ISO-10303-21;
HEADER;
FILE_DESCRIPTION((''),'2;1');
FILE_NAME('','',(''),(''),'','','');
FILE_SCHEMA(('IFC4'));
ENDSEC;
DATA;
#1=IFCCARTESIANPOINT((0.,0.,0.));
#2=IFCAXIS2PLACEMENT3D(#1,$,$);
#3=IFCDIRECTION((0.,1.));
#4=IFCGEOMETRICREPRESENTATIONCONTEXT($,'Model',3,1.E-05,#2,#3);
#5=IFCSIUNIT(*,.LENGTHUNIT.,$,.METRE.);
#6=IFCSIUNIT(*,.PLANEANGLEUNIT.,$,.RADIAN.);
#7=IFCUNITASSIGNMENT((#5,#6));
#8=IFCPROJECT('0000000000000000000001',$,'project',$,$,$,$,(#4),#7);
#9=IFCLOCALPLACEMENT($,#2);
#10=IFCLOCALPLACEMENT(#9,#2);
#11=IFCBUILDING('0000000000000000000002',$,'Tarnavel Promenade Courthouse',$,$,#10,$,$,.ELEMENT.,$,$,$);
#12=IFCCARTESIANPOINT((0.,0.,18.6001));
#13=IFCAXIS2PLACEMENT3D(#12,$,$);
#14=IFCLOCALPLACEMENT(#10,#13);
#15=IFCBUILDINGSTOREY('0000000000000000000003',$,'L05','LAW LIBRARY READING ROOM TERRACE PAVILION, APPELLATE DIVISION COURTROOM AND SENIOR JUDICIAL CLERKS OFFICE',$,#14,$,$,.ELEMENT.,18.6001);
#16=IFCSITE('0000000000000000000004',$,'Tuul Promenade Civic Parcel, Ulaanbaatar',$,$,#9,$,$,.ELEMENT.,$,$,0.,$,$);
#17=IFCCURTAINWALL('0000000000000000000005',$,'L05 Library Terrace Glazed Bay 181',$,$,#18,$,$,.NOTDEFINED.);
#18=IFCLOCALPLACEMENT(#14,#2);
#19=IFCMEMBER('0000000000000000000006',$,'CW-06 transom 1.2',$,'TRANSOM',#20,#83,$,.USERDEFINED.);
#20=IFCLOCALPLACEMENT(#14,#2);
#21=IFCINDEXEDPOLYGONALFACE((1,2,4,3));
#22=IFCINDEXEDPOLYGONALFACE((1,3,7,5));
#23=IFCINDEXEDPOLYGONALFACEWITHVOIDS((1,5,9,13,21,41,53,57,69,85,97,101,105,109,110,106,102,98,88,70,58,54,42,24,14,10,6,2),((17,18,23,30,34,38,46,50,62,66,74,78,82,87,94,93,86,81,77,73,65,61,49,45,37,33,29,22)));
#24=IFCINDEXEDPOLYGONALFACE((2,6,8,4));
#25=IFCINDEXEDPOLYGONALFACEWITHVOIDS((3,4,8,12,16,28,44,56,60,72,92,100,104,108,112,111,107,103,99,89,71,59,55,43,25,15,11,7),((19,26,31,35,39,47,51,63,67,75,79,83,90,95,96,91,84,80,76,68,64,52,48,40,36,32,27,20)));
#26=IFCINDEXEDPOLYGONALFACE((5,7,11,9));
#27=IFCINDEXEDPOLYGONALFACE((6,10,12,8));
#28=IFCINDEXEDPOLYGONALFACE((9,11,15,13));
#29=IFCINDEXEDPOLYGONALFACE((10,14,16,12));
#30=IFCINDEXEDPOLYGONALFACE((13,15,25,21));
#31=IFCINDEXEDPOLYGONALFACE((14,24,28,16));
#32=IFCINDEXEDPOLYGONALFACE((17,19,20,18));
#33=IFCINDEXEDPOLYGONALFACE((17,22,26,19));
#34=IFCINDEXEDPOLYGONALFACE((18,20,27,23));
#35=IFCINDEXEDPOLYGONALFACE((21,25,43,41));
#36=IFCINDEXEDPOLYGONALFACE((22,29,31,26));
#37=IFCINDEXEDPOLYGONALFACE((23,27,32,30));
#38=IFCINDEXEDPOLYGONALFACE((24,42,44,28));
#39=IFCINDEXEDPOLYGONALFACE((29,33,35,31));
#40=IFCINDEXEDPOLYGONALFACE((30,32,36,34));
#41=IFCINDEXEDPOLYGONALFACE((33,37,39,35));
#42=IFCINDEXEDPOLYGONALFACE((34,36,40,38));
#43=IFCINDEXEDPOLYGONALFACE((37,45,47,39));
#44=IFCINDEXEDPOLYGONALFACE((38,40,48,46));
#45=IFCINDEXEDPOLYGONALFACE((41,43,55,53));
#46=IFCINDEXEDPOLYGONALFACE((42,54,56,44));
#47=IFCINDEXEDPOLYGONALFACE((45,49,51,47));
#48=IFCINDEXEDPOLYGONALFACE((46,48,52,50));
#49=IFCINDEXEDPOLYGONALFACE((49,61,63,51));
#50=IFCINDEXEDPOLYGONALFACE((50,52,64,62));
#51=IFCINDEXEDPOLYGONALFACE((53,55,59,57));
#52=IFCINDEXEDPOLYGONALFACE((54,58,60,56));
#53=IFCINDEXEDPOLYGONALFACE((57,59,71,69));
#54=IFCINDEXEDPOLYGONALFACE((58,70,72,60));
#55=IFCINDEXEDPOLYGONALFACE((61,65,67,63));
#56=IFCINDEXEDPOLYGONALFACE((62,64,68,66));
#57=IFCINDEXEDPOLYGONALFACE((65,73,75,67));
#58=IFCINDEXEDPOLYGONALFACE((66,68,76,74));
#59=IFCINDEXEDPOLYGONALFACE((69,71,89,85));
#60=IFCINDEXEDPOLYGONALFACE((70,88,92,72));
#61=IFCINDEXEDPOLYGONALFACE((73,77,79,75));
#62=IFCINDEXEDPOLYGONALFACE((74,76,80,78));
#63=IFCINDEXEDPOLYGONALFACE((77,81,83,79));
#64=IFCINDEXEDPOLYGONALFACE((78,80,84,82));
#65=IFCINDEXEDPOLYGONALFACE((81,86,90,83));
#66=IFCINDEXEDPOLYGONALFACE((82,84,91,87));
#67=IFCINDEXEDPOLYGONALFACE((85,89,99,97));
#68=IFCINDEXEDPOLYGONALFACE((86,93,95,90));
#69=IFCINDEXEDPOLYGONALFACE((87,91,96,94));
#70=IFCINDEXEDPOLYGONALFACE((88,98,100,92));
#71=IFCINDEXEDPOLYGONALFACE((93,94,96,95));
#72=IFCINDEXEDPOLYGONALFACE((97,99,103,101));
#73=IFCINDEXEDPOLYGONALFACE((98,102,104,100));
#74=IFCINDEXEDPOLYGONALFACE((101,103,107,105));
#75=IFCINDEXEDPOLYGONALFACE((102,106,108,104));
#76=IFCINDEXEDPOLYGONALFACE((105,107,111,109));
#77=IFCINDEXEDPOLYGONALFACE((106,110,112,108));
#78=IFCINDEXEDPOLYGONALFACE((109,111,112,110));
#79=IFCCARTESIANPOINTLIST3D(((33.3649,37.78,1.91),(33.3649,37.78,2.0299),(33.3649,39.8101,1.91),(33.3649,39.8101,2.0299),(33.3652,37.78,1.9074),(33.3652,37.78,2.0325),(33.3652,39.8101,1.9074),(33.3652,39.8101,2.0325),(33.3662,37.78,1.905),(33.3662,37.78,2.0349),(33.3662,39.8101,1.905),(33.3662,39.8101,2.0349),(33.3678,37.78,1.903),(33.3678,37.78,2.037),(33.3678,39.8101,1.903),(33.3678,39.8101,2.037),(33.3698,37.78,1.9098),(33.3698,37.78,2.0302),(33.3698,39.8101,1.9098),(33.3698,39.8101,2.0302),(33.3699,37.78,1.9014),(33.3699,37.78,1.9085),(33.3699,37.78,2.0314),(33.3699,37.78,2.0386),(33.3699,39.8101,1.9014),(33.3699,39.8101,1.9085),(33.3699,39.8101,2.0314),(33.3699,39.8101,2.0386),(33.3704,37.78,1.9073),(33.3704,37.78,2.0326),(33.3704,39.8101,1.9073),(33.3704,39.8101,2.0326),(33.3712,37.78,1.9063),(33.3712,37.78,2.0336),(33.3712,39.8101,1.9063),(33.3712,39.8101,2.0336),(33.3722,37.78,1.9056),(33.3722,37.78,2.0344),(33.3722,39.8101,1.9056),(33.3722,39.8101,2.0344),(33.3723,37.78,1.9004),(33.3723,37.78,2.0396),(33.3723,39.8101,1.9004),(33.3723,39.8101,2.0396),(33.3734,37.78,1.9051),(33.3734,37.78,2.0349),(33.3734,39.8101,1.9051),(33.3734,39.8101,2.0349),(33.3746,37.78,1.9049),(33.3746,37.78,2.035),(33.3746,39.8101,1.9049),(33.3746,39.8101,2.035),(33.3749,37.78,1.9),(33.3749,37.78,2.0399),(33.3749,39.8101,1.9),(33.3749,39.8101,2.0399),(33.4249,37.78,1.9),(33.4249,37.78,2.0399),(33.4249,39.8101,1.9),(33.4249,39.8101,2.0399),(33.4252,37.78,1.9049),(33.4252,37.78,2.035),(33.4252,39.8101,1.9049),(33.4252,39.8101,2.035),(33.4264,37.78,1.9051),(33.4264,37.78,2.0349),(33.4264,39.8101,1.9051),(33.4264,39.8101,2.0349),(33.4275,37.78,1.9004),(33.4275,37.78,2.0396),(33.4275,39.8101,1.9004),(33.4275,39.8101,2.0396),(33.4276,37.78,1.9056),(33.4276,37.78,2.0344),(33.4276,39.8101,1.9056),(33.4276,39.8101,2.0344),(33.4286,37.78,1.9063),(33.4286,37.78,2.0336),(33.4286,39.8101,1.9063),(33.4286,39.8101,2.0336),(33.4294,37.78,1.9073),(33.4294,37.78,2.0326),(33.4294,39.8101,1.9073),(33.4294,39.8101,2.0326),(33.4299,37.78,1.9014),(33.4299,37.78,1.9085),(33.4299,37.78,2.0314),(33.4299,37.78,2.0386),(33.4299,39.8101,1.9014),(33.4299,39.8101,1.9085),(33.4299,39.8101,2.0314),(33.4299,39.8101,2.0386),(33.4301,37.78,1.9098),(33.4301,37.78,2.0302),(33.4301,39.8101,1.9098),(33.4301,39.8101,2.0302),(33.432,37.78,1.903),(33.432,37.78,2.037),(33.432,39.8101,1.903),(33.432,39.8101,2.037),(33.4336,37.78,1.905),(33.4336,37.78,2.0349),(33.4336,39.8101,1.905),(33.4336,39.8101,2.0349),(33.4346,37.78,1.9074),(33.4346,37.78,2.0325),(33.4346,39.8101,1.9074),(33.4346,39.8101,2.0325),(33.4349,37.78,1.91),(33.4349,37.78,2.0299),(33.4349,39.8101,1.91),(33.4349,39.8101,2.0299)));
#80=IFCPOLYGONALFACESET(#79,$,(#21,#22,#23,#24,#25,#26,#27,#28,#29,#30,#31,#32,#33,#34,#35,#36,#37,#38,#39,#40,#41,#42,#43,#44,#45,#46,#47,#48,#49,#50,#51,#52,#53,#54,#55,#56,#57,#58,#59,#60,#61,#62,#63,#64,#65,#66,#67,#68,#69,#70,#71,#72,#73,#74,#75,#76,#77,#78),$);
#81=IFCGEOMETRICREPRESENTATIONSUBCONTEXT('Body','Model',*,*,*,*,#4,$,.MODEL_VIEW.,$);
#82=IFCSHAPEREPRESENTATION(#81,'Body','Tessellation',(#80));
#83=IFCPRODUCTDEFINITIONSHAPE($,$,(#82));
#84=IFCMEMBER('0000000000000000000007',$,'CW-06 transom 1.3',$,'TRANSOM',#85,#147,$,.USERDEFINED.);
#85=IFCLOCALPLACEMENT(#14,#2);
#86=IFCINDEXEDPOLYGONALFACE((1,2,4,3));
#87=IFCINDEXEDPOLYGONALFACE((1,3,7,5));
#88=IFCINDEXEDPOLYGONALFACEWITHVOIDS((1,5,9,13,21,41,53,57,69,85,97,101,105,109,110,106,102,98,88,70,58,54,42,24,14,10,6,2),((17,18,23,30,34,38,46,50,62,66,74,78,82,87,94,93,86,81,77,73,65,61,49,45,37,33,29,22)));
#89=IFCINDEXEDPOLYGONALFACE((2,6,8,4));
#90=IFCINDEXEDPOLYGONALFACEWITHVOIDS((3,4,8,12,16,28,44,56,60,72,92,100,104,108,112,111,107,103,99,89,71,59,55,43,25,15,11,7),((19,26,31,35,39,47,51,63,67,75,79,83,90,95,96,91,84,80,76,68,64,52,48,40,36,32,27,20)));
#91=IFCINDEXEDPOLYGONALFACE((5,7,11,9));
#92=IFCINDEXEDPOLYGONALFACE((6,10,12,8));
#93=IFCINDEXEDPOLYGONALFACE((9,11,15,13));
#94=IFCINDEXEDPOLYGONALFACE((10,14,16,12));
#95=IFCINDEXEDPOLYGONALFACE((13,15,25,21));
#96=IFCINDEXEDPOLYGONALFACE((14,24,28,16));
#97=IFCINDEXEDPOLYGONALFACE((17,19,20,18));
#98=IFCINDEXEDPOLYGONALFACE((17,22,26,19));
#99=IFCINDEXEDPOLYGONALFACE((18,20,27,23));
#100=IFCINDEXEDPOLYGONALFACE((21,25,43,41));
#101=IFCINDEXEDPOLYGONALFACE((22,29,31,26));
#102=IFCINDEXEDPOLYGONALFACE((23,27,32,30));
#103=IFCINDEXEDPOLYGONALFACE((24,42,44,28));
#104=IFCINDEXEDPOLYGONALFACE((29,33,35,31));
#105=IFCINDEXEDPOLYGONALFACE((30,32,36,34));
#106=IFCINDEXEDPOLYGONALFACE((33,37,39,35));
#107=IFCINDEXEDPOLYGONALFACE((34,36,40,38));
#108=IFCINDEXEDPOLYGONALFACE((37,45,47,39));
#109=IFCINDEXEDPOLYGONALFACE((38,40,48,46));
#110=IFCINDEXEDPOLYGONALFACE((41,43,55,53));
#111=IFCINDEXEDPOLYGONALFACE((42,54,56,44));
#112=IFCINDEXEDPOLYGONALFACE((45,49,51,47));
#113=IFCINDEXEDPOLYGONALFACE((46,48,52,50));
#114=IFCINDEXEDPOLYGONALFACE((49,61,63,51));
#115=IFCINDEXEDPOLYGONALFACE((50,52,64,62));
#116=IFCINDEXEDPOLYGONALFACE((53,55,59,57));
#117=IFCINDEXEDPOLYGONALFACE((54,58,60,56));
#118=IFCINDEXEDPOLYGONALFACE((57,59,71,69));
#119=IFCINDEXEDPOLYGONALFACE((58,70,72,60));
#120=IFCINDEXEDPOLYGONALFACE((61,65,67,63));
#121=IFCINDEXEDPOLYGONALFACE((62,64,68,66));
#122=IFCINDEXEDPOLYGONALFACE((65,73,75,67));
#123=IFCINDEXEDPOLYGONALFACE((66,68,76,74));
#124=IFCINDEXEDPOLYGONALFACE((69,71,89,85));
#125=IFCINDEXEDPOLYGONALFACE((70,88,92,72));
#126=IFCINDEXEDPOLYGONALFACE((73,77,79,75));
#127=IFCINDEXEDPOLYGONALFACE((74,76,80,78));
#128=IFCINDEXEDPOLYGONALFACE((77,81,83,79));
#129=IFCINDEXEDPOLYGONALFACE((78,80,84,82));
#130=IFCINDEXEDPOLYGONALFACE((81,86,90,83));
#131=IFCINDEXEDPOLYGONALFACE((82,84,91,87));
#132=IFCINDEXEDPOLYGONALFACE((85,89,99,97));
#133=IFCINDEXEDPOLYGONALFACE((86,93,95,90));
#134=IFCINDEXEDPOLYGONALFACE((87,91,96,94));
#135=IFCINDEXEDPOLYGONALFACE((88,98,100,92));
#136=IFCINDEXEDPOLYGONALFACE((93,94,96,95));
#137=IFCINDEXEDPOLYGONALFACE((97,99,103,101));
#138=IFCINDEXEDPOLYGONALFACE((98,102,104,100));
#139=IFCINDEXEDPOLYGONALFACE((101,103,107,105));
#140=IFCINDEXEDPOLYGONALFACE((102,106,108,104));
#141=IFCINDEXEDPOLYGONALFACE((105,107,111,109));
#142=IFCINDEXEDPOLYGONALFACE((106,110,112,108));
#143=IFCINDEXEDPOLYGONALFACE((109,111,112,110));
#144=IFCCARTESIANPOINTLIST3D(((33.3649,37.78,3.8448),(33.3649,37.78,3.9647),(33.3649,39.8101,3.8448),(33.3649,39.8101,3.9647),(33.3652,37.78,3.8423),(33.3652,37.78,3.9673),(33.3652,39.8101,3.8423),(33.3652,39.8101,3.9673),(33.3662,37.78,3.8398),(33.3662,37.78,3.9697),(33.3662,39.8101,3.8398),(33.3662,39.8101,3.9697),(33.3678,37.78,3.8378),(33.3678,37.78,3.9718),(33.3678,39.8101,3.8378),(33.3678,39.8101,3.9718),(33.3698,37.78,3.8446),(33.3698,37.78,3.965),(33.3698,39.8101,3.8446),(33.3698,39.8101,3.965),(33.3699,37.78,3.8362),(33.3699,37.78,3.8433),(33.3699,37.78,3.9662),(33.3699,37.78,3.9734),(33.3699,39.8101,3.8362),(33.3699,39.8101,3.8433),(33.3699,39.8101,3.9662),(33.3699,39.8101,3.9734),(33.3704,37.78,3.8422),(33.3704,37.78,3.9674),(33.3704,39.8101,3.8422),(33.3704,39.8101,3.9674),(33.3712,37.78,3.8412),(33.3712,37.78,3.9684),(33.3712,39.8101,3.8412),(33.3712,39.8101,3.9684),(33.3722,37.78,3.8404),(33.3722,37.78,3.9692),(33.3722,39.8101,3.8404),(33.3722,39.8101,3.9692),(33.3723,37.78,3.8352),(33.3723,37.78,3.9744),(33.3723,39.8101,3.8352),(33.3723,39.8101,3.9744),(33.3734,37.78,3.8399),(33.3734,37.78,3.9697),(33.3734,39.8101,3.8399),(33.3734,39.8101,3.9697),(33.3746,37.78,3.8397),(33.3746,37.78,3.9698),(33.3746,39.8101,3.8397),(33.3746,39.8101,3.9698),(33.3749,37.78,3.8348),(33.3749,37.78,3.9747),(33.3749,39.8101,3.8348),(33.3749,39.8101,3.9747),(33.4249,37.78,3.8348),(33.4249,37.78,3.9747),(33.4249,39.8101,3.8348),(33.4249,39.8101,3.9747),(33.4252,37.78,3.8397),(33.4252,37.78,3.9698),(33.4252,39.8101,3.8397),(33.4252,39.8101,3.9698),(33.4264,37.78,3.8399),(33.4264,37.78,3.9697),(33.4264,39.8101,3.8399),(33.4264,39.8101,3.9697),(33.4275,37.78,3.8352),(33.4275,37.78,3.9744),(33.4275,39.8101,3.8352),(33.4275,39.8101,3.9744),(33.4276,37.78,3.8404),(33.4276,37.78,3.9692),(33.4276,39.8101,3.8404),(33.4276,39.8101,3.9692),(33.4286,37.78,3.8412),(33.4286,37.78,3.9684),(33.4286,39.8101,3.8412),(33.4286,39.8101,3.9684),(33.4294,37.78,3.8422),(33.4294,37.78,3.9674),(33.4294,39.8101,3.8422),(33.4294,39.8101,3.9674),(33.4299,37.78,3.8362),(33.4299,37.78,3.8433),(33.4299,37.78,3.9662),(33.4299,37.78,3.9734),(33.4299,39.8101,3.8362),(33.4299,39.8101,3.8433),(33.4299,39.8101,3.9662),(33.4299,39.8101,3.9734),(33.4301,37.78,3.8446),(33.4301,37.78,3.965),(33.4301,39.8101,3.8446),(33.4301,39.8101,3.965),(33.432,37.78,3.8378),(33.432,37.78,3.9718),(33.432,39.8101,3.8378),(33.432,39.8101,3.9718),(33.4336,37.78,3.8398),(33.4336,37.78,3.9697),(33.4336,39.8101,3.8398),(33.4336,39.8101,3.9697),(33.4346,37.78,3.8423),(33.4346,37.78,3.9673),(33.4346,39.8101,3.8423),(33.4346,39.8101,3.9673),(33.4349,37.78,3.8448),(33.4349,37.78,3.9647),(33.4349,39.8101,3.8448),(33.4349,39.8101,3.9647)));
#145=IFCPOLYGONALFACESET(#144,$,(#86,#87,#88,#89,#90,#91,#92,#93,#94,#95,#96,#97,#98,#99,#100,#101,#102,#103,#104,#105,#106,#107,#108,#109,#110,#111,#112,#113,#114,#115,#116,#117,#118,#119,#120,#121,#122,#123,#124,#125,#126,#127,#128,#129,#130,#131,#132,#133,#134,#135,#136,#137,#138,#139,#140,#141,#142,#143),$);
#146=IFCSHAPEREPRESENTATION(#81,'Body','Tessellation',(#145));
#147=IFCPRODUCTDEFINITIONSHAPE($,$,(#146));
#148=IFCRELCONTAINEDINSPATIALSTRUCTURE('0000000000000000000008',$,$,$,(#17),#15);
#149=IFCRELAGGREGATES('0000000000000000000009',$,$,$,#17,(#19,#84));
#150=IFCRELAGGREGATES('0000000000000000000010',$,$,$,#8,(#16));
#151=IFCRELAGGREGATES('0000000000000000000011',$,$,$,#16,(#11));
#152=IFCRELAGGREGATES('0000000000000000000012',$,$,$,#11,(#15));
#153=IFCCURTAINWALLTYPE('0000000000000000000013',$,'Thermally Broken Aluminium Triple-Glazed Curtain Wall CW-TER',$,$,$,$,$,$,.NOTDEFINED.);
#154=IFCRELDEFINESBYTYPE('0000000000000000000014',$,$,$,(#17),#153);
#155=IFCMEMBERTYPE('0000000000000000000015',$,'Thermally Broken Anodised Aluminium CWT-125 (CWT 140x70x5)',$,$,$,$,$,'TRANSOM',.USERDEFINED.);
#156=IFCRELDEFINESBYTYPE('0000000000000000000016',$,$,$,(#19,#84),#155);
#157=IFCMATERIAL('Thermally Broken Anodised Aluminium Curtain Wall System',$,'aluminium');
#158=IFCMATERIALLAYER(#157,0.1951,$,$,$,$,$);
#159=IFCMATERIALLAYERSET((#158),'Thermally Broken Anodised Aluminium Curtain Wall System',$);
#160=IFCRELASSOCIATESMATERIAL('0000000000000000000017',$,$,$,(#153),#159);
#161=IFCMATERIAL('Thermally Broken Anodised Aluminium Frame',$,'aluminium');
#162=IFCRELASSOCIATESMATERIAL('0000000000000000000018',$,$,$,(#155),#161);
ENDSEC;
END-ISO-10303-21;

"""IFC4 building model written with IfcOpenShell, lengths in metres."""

from ifc_helpers import new_model, si_unit, direction, frame, origin, origin_2d, place, context, subcontext, project, spatial, hollow_rectangle, extrude, material, layer, layer_set, material_profile, profile_set, type_object, element, aggregate, save


model = new_model("IFC4")

# Units and contexts
model_context = context("Model", 3, precision=1e-05, world=origin(), true_north=direction((0.0, 1.0)))
body_context = subcontext(model_context, "Body", "Model", "MODEL_VIEW")
ifc_project = project(units=[si_unit("LENGTHUNIT", "METRE"), si_unit("PLANEANGLEUNIT", "RADIAN")], contexts=[model_context])

# Site, building, storey
site_placement = place(None, origin())
site = spatial("IfcSite", under=ifc_project, at=site_placement, Name="Tuul Promenade Civic Parcel, Ulaanbaatar", CompositionType="ELEMENT", RefElevation=0.0)
building_placement = place(site_placement, origin())
building = spatial("IfcBuilding", under=site, at=building_placement, Name="Tarnavel Promenade Courthouse", CompositionType="ELEMENT")
storey_placement = place(building_placement, frame((0.0, 0.0, 18.6001)))
storey = spatial("IfcBuildingStorey", under=building, at=storey_placement, Name="L05", Description="LAW LIBRARY READING ROOM TERRACE PAVILION, APPELLATE DIVISION COURTROOM AND SENIOR JUDICIAL CLERKS OFFICE", CompositionType="ELEMENT", Elevation=18.6001)

# Curtain wall
ifc_material_1 = material(Name="Thermally Broken Anodised Aluminium Curtain Wall System", Category="aluminium")
ifc_layer_1 = layer(ifc_material_1, 0.1951)
ifc_layer_set_1 = layer_set([ifc_layer_1], Name="Thermally Broken Anodised Aluminium Curtain Wall System")
curtain_wall_type = type_object("IfcCurtainWallType", Name="Thermally Broken Aluminium Triple-Glazed Curtain Wall CW-TER", PredefinedType="NOTDEFINED", material=ifc_layer_set_1)
curtain_wall_1_placement = place(storey_placement, origin())
curtain_wall_1 = element("IfcCurtainWall", 1, at=curtain_wall_1_placement, inside=storey, type_object=curtain_wall_type, Name="L05 Library Terrace Glazed Bay 181", PredefinedType="NOTDEFINED")
ifc_material_2 = material(Name="Thermally Broken Anodised Aluminium Frame", Category="aluminium")

# Members
ifc_material_profile_1 = material_profile(ifc_material_2, hollow_rectangle(XDim=0.0701, YDim=0.1399, WallThickness=0.0049, InnerFilletRadius=0.0049, OuterFilletRadius=0.01, at=origin_2d()), Name="CWT 140x70x5")
ifc_profile_set_1 = profile_set([ifc_material_profile_1], Name="Thermally Broken Anodised Aluminium Frame")
member_type_1 = type_object("IfcMemberType", Name="Thermally Broken Anodised Aluminium CWT-125 (CWT 140x70x5)", ElementType="TRANSOM", PredefinedType="USERDEFINED", material=ifc_profile_set_1)
member_1_placement = place(storey_placement, frame((33.3999, 37.78, 1.97), z_axis=(0.0, 1.0, 0.0), x_axis=(-1.0, 0.0, 0.0)))
member_1 = element("IfcMember", 2, at=member_1_placement, type_object=member_type_1, Name="CW-06 transom 1.2", ObjectType="TRANSOM", PredefinedType="USERDEFINED", context=body_context, shape_type="SweptSolid", body=[
    extrude(hollow_rectangle(XDim=0.0701, YDim=0.1399, WallThickness=0.0049, InnerFilletRadius=0.0049, OuterFilletRadius=0.01, at=origin_2d()), origin(), (0.0, 0.0, 1.0), 2.03),
])
member_2_placement = place(storey_placement, frame((33.3999, 37.78, 3.9048), z_axis=(0.0, 1.0, 0.0), x_axis=(-1.0, 0.0, 0.0)))
member_2 = element("IfcMember", 3, at=member_2_placement, type_object=member_type_1, Name="CW-06 transom 1.3", ObjectType="TRANSOM", PredefinedType="USERDEFINED", context=body_context, shape_type="SweptSolid", body=[
    extrude(hollow_rectangle(XDim=0.0701, YDim=0.1399, WallThickness=0.0049, InnerFilletRadius=0.0049, OuterFilletRadius=0.01, at=origin_2d()), origin(), (0.0, 0.0, 1.0), 2.03),
])

aggregate(curtain_wall_1, [member_1, member_2])

save(model, "model.ifc")
